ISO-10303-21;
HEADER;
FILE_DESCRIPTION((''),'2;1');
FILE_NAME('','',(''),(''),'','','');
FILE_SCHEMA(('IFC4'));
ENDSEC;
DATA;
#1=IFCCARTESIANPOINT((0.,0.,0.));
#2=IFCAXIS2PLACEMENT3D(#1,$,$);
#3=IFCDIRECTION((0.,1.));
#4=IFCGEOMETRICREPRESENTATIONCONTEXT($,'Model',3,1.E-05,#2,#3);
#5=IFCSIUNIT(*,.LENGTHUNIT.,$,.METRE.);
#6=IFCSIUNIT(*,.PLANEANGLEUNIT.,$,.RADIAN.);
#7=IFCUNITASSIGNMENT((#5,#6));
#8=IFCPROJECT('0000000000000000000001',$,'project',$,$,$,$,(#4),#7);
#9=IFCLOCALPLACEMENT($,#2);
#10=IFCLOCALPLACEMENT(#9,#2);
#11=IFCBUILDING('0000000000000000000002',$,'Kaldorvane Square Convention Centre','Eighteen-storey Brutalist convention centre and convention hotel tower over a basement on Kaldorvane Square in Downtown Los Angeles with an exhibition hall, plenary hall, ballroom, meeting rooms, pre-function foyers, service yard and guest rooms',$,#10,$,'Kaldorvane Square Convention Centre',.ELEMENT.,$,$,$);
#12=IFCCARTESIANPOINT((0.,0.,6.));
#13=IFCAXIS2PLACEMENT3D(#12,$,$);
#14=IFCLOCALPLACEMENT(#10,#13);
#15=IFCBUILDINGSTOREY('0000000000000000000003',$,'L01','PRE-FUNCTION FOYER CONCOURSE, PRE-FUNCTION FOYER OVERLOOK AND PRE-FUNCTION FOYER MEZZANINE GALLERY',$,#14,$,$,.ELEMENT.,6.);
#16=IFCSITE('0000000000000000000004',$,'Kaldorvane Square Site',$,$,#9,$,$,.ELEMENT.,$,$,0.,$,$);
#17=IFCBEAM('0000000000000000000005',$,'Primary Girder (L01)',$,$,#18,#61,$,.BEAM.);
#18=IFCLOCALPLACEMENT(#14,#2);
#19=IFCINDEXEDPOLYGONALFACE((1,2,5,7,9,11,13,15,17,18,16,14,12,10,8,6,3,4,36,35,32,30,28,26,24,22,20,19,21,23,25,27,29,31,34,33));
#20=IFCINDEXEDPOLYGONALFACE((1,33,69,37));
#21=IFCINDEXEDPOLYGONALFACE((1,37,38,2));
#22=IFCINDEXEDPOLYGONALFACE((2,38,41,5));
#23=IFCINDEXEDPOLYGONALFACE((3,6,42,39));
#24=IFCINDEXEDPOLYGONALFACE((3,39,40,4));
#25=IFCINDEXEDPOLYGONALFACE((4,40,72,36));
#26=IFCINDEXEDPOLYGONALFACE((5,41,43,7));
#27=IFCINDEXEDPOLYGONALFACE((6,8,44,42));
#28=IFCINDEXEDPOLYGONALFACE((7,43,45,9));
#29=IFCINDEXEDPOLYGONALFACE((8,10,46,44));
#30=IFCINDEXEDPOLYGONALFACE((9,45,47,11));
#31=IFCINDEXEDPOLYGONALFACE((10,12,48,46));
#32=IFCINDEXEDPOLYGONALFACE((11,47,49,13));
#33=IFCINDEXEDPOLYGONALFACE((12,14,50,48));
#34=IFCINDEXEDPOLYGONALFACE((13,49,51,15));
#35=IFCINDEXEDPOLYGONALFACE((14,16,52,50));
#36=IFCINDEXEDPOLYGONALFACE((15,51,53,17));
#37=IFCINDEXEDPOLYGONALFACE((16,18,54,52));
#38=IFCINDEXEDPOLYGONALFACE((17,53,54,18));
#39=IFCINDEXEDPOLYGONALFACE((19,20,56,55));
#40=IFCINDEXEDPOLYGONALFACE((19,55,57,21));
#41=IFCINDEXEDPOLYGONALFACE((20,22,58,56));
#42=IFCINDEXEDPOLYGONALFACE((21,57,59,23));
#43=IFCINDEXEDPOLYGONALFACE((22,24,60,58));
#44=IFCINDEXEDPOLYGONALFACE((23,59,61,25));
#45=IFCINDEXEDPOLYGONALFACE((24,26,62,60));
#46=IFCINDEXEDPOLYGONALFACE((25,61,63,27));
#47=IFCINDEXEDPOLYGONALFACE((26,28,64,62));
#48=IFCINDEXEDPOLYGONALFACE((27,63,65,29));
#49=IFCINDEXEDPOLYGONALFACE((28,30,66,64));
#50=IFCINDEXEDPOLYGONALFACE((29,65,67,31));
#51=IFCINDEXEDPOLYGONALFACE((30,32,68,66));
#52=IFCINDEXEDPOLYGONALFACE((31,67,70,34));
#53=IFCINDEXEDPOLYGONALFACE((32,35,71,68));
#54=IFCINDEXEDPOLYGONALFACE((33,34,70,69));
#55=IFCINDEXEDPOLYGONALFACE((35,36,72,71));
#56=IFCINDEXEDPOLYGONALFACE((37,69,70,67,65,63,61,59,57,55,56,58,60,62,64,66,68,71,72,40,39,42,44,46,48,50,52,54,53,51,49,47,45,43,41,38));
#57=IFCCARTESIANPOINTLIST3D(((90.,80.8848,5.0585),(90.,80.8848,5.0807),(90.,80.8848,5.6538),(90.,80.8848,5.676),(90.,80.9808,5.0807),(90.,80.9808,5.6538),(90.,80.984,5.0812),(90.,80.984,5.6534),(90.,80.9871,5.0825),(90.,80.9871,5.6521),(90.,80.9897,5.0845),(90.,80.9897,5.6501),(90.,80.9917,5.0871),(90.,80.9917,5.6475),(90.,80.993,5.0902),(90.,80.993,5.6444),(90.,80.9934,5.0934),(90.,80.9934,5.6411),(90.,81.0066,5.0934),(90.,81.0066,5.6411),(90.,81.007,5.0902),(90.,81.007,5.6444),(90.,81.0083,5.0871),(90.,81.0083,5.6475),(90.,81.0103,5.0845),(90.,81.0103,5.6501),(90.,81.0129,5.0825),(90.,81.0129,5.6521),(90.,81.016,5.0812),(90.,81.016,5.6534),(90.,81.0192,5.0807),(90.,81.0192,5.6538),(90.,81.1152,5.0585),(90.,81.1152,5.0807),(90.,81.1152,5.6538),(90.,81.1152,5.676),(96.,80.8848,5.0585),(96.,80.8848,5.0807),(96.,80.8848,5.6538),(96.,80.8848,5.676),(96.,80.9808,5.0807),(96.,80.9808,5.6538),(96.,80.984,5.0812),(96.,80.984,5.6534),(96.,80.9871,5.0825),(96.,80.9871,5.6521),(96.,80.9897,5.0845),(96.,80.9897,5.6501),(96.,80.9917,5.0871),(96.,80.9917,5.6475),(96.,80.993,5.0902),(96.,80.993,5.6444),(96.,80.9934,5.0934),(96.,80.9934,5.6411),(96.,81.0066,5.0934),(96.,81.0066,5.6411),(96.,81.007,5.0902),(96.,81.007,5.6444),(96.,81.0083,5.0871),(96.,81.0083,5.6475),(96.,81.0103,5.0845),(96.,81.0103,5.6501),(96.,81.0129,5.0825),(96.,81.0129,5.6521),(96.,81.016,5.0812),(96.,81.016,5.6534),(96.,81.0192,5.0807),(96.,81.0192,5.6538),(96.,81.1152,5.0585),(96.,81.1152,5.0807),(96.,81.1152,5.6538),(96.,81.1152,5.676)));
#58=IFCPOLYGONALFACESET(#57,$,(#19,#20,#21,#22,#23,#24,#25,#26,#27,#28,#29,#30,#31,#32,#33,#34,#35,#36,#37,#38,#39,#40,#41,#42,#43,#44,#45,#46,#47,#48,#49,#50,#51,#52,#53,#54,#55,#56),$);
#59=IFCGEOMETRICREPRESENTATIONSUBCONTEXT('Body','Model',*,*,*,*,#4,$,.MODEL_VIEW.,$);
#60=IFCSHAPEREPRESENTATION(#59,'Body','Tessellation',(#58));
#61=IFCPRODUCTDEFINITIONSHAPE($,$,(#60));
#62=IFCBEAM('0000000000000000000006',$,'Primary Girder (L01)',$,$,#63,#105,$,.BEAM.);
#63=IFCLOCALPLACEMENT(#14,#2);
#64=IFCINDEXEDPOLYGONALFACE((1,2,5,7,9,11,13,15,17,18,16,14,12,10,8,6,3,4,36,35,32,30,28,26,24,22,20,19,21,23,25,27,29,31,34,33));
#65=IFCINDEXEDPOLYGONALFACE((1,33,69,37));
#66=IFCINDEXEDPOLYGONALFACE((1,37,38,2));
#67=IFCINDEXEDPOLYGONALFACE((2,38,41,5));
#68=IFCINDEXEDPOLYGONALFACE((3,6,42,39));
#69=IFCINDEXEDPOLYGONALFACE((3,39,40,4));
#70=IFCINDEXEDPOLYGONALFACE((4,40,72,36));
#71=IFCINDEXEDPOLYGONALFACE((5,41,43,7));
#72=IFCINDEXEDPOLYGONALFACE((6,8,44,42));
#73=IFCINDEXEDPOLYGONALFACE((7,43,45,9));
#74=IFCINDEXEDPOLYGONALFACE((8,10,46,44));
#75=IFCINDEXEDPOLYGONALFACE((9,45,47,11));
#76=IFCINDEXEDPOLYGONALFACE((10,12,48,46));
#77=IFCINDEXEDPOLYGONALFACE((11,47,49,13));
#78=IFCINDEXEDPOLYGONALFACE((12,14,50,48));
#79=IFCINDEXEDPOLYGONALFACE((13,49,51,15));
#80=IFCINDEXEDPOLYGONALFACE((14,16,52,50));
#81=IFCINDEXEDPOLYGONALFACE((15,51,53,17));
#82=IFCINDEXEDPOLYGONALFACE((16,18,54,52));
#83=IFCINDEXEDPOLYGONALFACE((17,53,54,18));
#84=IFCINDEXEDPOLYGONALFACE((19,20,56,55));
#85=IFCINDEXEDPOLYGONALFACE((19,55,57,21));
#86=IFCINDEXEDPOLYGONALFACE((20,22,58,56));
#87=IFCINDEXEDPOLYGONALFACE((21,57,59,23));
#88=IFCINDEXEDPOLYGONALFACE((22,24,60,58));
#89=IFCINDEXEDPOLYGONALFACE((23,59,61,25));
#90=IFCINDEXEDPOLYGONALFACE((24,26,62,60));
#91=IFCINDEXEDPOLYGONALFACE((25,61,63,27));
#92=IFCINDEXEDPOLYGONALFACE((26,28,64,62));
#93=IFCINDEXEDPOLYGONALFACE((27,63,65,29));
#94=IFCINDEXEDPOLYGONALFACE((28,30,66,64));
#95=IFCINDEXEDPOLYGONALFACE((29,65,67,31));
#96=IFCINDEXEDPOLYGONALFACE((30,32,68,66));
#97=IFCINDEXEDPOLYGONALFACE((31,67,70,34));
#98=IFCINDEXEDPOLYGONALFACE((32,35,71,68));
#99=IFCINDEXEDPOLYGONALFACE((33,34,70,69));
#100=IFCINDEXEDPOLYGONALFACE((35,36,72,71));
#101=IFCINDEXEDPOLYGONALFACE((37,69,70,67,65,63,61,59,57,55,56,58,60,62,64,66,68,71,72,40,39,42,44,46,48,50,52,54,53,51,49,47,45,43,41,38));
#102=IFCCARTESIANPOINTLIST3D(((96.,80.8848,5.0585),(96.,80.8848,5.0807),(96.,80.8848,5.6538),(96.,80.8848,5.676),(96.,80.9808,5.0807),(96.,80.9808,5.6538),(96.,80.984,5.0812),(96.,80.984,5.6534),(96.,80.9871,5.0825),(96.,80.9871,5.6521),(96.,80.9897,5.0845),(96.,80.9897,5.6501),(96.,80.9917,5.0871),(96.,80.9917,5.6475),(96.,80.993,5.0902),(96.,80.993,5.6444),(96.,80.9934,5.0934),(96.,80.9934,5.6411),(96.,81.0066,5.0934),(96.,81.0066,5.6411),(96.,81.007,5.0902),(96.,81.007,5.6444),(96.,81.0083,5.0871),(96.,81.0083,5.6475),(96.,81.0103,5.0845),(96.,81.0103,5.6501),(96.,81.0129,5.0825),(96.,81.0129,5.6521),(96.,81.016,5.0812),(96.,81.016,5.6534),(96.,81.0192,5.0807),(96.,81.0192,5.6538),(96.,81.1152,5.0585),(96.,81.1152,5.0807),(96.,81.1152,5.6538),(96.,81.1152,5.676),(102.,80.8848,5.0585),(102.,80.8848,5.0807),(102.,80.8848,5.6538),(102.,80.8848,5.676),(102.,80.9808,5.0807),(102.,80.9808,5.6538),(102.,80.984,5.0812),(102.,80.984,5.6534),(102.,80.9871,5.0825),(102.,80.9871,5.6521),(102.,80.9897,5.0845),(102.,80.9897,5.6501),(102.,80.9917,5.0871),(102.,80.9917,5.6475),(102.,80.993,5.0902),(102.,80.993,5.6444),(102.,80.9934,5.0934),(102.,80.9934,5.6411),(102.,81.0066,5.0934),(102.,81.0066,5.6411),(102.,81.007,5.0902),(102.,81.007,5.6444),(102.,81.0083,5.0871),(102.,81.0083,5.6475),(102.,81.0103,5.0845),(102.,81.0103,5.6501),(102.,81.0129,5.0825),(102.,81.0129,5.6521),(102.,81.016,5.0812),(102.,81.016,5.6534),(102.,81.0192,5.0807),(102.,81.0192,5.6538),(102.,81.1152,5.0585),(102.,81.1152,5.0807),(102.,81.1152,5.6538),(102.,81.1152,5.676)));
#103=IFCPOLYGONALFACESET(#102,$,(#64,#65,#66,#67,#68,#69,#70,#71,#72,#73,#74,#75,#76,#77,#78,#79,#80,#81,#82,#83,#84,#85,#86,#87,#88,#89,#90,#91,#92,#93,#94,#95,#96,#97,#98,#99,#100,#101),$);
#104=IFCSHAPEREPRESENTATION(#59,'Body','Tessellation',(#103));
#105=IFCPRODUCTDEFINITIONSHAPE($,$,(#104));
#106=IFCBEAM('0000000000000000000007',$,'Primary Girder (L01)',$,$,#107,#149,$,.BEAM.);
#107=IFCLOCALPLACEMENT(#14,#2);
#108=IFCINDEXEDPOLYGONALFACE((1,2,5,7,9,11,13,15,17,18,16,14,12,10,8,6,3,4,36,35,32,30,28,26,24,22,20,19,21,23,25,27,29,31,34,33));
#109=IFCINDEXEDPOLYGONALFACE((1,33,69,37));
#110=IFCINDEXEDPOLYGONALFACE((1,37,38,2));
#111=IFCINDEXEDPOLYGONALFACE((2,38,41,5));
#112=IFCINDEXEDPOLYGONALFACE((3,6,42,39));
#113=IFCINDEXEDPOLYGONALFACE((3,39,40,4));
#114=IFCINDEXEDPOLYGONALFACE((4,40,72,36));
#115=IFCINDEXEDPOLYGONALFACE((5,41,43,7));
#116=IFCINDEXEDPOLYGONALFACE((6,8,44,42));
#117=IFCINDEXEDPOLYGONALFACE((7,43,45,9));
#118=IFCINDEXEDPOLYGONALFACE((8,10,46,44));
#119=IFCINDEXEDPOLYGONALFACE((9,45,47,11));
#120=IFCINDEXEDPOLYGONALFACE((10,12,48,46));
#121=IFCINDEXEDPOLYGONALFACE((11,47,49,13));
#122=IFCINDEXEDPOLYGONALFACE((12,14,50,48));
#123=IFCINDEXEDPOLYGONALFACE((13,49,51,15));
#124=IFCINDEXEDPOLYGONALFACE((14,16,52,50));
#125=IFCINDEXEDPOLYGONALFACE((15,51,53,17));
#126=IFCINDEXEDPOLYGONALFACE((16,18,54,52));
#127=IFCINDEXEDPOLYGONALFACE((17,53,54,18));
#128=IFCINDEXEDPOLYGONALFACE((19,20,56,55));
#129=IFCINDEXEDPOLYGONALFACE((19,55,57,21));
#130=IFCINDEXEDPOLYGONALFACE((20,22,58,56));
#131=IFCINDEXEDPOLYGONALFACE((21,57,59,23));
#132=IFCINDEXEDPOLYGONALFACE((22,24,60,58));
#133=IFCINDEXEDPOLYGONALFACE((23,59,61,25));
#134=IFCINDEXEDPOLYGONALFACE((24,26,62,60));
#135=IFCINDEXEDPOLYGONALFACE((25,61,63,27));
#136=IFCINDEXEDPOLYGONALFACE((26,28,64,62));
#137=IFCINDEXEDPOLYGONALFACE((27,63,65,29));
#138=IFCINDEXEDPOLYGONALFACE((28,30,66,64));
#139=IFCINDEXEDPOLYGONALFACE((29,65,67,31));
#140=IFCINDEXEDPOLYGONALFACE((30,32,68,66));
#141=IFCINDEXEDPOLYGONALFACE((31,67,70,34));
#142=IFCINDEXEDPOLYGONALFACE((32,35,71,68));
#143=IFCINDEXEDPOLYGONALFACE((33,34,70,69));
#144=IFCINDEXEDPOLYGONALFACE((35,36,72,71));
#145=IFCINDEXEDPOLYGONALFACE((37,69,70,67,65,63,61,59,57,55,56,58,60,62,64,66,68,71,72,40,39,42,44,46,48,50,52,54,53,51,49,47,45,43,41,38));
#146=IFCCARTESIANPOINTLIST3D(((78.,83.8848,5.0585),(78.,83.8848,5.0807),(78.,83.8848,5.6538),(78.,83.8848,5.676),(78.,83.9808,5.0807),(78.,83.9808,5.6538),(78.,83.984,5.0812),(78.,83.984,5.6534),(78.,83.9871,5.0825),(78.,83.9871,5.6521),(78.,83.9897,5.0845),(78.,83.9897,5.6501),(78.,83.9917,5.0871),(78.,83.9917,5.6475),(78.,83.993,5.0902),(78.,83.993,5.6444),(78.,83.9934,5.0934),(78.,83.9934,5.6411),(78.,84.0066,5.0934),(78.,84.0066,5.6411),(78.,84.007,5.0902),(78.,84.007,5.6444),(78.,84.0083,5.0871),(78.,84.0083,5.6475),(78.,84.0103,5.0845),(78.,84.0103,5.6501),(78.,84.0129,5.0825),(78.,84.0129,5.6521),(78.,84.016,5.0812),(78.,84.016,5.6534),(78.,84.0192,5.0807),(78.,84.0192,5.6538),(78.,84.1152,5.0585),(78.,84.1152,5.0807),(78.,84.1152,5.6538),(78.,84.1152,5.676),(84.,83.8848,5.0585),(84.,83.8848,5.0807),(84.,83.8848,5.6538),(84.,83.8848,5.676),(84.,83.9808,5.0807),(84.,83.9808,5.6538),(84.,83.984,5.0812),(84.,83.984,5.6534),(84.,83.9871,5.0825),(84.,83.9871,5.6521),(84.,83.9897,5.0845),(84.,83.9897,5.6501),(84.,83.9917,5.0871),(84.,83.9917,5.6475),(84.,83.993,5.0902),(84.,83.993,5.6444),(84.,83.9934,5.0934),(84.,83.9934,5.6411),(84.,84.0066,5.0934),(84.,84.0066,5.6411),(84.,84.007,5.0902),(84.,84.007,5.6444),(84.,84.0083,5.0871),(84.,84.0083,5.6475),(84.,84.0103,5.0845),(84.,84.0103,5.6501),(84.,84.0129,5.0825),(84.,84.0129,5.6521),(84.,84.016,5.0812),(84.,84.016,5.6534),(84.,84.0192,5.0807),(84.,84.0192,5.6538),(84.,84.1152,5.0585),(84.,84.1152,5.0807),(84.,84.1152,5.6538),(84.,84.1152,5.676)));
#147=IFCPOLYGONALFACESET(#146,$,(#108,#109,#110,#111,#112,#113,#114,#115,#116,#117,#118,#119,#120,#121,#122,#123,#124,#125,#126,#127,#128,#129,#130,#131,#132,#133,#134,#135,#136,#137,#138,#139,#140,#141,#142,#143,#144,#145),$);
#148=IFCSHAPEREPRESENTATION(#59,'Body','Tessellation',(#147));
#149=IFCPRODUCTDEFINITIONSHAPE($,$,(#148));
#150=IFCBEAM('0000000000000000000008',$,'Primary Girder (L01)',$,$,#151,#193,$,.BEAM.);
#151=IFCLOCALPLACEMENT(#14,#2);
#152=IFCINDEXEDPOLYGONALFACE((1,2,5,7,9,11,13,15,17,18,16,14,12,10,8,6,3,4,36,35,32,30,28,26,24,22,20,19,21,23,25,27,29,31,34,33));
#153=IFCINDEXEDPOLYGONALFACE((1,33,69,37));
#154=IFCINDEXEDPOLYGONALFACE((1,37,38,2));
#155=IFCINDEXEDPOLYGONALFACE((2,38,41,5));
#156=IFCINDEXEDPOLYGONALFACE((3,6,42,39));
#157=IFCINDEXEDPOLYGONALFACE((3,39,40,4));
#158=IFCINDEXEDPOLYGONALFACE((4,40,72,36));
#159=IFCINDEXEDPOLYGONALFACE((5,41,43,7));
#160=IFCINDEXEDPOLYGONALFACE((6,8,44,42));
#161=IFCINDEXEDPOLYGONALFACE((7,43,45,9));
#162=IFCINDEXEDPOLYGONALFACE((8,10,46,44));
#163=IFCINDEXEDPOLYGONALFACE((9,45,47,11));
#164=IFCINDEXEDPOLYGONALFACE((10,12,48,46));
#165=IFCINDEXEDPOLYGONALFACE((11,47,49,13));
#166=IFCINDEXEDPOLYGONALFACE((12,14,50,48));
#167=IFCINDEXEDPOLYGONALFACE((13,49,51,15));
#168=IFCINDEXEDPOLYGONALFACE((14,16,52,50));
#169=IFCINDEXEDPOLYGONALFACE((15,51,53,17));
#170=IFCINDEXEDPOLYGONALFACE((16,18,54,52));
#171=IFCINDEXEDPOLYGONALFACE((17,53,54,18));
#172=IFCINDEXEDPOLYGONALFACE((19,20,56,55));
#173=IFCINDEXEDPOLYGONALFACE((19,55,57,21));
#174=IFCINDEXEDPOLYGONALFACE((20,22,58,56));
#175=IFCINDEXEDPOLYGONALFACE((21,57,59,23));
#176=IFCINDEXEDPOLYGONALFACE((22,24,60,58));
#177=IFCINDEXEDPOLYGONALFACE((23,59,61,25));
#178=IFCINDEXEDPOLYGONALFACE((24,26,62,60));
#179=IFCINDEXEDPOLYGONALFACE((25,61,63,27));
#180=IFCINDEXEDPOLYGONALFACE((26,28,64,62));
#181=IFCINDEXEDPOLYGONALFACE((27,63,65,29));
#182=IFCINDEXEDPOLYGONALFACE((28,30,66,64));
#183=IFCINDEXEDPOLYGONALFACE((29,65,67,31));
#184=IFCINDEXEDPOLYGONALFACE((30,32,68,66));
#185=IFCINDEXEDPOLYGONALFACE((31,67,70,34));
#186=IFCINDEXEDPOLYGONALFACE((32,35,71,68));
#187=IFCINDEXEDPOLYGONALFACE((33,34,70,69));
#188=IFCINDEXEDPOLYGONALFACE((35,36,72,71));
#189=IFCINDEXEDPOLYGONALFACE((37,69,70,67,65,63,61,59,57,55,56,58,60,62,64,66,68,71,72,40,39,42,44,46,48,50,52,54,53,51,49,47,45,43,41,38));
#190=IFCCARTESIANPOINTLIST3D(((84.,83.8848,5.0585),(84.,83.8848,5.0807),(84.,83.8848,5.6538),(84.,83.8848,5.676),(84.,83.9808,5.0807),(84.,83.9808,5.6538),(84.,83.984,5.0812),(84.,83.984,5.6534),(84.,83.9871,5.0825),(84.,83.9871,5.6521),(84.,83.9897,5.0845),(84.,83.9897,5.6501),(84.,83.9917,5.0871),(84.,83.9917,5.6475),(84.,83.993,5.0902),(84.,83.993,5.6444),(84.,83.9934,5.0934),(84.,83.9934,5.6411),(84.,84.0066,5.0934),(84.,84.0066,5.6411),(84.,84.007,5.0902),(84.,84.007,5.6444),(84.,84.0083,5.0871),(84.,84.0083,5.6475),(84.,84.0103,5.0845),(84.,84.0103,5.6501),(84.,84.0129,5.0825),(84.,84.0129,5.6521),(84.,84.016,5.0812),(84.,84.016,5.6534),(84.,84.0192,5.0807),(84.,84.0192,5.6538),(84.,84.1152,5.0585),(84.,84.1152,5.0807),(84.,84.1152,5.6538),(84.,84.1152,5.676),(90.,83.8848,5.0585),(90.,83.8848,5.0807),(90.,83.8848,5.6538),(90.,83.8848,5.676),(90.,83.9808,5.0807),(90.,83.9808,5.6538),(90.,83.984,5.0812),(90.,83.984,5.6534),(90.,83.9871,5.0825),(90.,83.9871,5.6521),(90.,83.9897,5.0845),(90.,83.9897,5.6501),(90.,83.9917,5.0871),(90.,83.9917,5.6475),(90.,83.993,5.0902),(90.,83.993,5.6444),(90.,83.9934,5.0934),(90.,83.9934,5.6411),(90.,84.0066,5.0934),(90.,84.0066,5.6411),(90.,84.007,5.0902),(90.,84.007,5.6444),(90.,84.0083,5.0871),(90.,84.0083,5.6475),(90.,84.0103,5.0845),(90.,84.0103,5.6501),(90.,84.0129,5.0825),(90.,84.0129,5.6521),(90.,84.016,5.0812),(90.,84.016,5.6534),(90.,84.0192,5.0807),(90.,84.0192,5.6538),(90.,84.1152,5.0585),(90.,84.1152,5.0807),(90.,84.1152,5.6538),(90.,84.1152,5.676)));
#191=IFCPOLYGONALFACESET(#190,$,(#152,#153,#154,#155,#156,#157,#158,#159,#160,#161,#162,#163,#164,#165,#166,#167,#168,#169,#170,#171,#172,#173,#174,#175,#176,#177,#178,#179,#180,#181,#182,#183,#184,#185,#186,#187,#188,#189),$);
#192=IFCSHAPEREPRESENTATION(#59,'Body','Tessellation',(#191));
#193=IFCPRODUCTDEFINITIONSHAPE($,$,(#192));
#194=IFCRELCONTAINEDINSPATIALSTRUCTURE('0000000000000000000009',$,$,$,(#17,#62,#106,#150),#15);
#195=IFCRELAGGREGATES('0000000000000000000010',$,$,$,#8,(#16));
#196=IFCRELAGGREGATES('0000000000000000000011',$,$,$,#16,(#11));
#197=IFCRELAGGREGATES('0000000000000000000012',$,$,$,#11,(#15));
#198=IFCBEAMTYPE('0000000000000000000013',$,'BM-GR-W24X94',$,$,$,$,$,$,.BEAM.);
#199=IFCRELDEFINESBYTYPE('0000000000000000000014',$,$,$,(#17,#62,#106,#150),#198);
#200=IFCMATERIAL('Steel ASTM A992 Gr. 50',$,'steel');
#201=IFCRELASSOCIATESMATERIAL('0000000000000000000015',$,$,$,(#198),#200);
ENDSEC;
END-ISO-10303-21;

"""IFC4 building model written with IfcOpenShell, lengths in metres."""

from ifc_helpers import new_model, si_unit, direction, frame, origin, origin_2d, place, context, subcontext, project, spatial, i_section, extrude, material, material_profile, profile_set, type_object, element, save


model = new_model("IFC4")

# Units and contexts
model_context = context("Model", 3, precision=1e-05, world=origin(), true_north=direction((0.0, 1.0)))
body_context = subcontext(model_context, "Body", "Model", "MODEL_VIEW")
ifc_project = project(units=[si_unit("LENGTHUNIT", "METRE"), si_unit("PLANEANGLEUNIT", "RADIAN")], contexts=[model_context])

# Site, building, storey
site_placement = place(None, origin())
site = spatial("IfcSite", under=ifc_project, at=site_placement, Name="Kaldorvane Square Site", CompositionType="ELEMENT", RefElevation=0.0)
building_placement = place(site_placement, origin())
building = spatial("IfcBuilding", under=site, at=building_placement, Name="Kaldorvane Square Convention Centre", Description="Eighteen-storey Brutalist convention centre and convention hotel tower over a basement on Kaldorvane Square in Downtown Los Angeles with an exhibition hall, plenary hall, ballroom, meeting rooms, pre-function foyers, service yard and guest rooms", LongName="Kaldorvane Square Convention Centre", CompositionType="ELEMENT")
storey_placement = place(building_placement, frame((0.0, 0.0, 6.0)))
storey = spatial("IfcBuildingStorey", under=building, at=storey_placement, Name="L01", Description="PRE-FUNCTION FOYER CONCOURSE, PRE-FUNCTION FOYER OVERLOOK AND PRE-FUNCTION FOYER MEZZANINE GALLERY", CompositionType="ELEMENT", Elevation=6.0)

# Shared definitions
ifc_material_1 = material(Name="Steel ASTM A992 Gr. 50", Category="steel")

# Beams
ifc_material_profile_1 = material_profile(ifc_material_1, i_section(OverallWidth=0.2303, OverallDepth=0.6175, WebThickness=0.0131, FlangeThickness=0.0222, FilletRadius=0.0127, at=origin_2d()), Name="W24X94")
ifc_profile_set_1 = profile_set([ifc_material_profile_1], Name="Steel ASTM A992 Gr. 50")
beam_type_1 = type_object("IfcBeamType", Name="BM-GR-W24X94", PredefinedType="BEAM", material=ifc_profile_set_1)
for number, where, z_axis, x_axis, name in (
    (1, (90.0, 81.0, 5.3673), (1.0, 0.0, 0.0), (0.0, 1.0, 0.0), "Primary Girder (L01)"),
    (2, (96.0, 81.0, 5.3673), (1.0, 0.0, 0.0), (0.0, 1.0, 0.0), "Primary Girder (L01)"),
    (3, (78.0, 84.0, 5.3673), (1.0, 0.0, 0.0), (0.0, 1.0, 0.0), "Primary Girder (L01)"),
    (4, (84.0, 84.0, 5.3673), (1.0, 0.0, 0.0), (0.0, 1.0, 0.0), "Primary Girder (L01)"),
):
    element("IfcBeam", number, at=place(storey_placement, frame(where, z_axis=z_axis, x_axis=x_axis)), inside=storey, type_object=beam_type_1, Name=name, PredefinedType="BEAM", context=body_context, shape_type="SweptSolid", body=[
        extrude(i_section(OverallWidth=0.2303, OverallDepth=0.6175, WebThickness=0.0131, FlangeThickness=0.0222, FilletRadius=0.0127, at=origin_2d()), origin(), (0.0, 0.0, 1.0), 6.0),
    ])

save(model, "model.ifc")
